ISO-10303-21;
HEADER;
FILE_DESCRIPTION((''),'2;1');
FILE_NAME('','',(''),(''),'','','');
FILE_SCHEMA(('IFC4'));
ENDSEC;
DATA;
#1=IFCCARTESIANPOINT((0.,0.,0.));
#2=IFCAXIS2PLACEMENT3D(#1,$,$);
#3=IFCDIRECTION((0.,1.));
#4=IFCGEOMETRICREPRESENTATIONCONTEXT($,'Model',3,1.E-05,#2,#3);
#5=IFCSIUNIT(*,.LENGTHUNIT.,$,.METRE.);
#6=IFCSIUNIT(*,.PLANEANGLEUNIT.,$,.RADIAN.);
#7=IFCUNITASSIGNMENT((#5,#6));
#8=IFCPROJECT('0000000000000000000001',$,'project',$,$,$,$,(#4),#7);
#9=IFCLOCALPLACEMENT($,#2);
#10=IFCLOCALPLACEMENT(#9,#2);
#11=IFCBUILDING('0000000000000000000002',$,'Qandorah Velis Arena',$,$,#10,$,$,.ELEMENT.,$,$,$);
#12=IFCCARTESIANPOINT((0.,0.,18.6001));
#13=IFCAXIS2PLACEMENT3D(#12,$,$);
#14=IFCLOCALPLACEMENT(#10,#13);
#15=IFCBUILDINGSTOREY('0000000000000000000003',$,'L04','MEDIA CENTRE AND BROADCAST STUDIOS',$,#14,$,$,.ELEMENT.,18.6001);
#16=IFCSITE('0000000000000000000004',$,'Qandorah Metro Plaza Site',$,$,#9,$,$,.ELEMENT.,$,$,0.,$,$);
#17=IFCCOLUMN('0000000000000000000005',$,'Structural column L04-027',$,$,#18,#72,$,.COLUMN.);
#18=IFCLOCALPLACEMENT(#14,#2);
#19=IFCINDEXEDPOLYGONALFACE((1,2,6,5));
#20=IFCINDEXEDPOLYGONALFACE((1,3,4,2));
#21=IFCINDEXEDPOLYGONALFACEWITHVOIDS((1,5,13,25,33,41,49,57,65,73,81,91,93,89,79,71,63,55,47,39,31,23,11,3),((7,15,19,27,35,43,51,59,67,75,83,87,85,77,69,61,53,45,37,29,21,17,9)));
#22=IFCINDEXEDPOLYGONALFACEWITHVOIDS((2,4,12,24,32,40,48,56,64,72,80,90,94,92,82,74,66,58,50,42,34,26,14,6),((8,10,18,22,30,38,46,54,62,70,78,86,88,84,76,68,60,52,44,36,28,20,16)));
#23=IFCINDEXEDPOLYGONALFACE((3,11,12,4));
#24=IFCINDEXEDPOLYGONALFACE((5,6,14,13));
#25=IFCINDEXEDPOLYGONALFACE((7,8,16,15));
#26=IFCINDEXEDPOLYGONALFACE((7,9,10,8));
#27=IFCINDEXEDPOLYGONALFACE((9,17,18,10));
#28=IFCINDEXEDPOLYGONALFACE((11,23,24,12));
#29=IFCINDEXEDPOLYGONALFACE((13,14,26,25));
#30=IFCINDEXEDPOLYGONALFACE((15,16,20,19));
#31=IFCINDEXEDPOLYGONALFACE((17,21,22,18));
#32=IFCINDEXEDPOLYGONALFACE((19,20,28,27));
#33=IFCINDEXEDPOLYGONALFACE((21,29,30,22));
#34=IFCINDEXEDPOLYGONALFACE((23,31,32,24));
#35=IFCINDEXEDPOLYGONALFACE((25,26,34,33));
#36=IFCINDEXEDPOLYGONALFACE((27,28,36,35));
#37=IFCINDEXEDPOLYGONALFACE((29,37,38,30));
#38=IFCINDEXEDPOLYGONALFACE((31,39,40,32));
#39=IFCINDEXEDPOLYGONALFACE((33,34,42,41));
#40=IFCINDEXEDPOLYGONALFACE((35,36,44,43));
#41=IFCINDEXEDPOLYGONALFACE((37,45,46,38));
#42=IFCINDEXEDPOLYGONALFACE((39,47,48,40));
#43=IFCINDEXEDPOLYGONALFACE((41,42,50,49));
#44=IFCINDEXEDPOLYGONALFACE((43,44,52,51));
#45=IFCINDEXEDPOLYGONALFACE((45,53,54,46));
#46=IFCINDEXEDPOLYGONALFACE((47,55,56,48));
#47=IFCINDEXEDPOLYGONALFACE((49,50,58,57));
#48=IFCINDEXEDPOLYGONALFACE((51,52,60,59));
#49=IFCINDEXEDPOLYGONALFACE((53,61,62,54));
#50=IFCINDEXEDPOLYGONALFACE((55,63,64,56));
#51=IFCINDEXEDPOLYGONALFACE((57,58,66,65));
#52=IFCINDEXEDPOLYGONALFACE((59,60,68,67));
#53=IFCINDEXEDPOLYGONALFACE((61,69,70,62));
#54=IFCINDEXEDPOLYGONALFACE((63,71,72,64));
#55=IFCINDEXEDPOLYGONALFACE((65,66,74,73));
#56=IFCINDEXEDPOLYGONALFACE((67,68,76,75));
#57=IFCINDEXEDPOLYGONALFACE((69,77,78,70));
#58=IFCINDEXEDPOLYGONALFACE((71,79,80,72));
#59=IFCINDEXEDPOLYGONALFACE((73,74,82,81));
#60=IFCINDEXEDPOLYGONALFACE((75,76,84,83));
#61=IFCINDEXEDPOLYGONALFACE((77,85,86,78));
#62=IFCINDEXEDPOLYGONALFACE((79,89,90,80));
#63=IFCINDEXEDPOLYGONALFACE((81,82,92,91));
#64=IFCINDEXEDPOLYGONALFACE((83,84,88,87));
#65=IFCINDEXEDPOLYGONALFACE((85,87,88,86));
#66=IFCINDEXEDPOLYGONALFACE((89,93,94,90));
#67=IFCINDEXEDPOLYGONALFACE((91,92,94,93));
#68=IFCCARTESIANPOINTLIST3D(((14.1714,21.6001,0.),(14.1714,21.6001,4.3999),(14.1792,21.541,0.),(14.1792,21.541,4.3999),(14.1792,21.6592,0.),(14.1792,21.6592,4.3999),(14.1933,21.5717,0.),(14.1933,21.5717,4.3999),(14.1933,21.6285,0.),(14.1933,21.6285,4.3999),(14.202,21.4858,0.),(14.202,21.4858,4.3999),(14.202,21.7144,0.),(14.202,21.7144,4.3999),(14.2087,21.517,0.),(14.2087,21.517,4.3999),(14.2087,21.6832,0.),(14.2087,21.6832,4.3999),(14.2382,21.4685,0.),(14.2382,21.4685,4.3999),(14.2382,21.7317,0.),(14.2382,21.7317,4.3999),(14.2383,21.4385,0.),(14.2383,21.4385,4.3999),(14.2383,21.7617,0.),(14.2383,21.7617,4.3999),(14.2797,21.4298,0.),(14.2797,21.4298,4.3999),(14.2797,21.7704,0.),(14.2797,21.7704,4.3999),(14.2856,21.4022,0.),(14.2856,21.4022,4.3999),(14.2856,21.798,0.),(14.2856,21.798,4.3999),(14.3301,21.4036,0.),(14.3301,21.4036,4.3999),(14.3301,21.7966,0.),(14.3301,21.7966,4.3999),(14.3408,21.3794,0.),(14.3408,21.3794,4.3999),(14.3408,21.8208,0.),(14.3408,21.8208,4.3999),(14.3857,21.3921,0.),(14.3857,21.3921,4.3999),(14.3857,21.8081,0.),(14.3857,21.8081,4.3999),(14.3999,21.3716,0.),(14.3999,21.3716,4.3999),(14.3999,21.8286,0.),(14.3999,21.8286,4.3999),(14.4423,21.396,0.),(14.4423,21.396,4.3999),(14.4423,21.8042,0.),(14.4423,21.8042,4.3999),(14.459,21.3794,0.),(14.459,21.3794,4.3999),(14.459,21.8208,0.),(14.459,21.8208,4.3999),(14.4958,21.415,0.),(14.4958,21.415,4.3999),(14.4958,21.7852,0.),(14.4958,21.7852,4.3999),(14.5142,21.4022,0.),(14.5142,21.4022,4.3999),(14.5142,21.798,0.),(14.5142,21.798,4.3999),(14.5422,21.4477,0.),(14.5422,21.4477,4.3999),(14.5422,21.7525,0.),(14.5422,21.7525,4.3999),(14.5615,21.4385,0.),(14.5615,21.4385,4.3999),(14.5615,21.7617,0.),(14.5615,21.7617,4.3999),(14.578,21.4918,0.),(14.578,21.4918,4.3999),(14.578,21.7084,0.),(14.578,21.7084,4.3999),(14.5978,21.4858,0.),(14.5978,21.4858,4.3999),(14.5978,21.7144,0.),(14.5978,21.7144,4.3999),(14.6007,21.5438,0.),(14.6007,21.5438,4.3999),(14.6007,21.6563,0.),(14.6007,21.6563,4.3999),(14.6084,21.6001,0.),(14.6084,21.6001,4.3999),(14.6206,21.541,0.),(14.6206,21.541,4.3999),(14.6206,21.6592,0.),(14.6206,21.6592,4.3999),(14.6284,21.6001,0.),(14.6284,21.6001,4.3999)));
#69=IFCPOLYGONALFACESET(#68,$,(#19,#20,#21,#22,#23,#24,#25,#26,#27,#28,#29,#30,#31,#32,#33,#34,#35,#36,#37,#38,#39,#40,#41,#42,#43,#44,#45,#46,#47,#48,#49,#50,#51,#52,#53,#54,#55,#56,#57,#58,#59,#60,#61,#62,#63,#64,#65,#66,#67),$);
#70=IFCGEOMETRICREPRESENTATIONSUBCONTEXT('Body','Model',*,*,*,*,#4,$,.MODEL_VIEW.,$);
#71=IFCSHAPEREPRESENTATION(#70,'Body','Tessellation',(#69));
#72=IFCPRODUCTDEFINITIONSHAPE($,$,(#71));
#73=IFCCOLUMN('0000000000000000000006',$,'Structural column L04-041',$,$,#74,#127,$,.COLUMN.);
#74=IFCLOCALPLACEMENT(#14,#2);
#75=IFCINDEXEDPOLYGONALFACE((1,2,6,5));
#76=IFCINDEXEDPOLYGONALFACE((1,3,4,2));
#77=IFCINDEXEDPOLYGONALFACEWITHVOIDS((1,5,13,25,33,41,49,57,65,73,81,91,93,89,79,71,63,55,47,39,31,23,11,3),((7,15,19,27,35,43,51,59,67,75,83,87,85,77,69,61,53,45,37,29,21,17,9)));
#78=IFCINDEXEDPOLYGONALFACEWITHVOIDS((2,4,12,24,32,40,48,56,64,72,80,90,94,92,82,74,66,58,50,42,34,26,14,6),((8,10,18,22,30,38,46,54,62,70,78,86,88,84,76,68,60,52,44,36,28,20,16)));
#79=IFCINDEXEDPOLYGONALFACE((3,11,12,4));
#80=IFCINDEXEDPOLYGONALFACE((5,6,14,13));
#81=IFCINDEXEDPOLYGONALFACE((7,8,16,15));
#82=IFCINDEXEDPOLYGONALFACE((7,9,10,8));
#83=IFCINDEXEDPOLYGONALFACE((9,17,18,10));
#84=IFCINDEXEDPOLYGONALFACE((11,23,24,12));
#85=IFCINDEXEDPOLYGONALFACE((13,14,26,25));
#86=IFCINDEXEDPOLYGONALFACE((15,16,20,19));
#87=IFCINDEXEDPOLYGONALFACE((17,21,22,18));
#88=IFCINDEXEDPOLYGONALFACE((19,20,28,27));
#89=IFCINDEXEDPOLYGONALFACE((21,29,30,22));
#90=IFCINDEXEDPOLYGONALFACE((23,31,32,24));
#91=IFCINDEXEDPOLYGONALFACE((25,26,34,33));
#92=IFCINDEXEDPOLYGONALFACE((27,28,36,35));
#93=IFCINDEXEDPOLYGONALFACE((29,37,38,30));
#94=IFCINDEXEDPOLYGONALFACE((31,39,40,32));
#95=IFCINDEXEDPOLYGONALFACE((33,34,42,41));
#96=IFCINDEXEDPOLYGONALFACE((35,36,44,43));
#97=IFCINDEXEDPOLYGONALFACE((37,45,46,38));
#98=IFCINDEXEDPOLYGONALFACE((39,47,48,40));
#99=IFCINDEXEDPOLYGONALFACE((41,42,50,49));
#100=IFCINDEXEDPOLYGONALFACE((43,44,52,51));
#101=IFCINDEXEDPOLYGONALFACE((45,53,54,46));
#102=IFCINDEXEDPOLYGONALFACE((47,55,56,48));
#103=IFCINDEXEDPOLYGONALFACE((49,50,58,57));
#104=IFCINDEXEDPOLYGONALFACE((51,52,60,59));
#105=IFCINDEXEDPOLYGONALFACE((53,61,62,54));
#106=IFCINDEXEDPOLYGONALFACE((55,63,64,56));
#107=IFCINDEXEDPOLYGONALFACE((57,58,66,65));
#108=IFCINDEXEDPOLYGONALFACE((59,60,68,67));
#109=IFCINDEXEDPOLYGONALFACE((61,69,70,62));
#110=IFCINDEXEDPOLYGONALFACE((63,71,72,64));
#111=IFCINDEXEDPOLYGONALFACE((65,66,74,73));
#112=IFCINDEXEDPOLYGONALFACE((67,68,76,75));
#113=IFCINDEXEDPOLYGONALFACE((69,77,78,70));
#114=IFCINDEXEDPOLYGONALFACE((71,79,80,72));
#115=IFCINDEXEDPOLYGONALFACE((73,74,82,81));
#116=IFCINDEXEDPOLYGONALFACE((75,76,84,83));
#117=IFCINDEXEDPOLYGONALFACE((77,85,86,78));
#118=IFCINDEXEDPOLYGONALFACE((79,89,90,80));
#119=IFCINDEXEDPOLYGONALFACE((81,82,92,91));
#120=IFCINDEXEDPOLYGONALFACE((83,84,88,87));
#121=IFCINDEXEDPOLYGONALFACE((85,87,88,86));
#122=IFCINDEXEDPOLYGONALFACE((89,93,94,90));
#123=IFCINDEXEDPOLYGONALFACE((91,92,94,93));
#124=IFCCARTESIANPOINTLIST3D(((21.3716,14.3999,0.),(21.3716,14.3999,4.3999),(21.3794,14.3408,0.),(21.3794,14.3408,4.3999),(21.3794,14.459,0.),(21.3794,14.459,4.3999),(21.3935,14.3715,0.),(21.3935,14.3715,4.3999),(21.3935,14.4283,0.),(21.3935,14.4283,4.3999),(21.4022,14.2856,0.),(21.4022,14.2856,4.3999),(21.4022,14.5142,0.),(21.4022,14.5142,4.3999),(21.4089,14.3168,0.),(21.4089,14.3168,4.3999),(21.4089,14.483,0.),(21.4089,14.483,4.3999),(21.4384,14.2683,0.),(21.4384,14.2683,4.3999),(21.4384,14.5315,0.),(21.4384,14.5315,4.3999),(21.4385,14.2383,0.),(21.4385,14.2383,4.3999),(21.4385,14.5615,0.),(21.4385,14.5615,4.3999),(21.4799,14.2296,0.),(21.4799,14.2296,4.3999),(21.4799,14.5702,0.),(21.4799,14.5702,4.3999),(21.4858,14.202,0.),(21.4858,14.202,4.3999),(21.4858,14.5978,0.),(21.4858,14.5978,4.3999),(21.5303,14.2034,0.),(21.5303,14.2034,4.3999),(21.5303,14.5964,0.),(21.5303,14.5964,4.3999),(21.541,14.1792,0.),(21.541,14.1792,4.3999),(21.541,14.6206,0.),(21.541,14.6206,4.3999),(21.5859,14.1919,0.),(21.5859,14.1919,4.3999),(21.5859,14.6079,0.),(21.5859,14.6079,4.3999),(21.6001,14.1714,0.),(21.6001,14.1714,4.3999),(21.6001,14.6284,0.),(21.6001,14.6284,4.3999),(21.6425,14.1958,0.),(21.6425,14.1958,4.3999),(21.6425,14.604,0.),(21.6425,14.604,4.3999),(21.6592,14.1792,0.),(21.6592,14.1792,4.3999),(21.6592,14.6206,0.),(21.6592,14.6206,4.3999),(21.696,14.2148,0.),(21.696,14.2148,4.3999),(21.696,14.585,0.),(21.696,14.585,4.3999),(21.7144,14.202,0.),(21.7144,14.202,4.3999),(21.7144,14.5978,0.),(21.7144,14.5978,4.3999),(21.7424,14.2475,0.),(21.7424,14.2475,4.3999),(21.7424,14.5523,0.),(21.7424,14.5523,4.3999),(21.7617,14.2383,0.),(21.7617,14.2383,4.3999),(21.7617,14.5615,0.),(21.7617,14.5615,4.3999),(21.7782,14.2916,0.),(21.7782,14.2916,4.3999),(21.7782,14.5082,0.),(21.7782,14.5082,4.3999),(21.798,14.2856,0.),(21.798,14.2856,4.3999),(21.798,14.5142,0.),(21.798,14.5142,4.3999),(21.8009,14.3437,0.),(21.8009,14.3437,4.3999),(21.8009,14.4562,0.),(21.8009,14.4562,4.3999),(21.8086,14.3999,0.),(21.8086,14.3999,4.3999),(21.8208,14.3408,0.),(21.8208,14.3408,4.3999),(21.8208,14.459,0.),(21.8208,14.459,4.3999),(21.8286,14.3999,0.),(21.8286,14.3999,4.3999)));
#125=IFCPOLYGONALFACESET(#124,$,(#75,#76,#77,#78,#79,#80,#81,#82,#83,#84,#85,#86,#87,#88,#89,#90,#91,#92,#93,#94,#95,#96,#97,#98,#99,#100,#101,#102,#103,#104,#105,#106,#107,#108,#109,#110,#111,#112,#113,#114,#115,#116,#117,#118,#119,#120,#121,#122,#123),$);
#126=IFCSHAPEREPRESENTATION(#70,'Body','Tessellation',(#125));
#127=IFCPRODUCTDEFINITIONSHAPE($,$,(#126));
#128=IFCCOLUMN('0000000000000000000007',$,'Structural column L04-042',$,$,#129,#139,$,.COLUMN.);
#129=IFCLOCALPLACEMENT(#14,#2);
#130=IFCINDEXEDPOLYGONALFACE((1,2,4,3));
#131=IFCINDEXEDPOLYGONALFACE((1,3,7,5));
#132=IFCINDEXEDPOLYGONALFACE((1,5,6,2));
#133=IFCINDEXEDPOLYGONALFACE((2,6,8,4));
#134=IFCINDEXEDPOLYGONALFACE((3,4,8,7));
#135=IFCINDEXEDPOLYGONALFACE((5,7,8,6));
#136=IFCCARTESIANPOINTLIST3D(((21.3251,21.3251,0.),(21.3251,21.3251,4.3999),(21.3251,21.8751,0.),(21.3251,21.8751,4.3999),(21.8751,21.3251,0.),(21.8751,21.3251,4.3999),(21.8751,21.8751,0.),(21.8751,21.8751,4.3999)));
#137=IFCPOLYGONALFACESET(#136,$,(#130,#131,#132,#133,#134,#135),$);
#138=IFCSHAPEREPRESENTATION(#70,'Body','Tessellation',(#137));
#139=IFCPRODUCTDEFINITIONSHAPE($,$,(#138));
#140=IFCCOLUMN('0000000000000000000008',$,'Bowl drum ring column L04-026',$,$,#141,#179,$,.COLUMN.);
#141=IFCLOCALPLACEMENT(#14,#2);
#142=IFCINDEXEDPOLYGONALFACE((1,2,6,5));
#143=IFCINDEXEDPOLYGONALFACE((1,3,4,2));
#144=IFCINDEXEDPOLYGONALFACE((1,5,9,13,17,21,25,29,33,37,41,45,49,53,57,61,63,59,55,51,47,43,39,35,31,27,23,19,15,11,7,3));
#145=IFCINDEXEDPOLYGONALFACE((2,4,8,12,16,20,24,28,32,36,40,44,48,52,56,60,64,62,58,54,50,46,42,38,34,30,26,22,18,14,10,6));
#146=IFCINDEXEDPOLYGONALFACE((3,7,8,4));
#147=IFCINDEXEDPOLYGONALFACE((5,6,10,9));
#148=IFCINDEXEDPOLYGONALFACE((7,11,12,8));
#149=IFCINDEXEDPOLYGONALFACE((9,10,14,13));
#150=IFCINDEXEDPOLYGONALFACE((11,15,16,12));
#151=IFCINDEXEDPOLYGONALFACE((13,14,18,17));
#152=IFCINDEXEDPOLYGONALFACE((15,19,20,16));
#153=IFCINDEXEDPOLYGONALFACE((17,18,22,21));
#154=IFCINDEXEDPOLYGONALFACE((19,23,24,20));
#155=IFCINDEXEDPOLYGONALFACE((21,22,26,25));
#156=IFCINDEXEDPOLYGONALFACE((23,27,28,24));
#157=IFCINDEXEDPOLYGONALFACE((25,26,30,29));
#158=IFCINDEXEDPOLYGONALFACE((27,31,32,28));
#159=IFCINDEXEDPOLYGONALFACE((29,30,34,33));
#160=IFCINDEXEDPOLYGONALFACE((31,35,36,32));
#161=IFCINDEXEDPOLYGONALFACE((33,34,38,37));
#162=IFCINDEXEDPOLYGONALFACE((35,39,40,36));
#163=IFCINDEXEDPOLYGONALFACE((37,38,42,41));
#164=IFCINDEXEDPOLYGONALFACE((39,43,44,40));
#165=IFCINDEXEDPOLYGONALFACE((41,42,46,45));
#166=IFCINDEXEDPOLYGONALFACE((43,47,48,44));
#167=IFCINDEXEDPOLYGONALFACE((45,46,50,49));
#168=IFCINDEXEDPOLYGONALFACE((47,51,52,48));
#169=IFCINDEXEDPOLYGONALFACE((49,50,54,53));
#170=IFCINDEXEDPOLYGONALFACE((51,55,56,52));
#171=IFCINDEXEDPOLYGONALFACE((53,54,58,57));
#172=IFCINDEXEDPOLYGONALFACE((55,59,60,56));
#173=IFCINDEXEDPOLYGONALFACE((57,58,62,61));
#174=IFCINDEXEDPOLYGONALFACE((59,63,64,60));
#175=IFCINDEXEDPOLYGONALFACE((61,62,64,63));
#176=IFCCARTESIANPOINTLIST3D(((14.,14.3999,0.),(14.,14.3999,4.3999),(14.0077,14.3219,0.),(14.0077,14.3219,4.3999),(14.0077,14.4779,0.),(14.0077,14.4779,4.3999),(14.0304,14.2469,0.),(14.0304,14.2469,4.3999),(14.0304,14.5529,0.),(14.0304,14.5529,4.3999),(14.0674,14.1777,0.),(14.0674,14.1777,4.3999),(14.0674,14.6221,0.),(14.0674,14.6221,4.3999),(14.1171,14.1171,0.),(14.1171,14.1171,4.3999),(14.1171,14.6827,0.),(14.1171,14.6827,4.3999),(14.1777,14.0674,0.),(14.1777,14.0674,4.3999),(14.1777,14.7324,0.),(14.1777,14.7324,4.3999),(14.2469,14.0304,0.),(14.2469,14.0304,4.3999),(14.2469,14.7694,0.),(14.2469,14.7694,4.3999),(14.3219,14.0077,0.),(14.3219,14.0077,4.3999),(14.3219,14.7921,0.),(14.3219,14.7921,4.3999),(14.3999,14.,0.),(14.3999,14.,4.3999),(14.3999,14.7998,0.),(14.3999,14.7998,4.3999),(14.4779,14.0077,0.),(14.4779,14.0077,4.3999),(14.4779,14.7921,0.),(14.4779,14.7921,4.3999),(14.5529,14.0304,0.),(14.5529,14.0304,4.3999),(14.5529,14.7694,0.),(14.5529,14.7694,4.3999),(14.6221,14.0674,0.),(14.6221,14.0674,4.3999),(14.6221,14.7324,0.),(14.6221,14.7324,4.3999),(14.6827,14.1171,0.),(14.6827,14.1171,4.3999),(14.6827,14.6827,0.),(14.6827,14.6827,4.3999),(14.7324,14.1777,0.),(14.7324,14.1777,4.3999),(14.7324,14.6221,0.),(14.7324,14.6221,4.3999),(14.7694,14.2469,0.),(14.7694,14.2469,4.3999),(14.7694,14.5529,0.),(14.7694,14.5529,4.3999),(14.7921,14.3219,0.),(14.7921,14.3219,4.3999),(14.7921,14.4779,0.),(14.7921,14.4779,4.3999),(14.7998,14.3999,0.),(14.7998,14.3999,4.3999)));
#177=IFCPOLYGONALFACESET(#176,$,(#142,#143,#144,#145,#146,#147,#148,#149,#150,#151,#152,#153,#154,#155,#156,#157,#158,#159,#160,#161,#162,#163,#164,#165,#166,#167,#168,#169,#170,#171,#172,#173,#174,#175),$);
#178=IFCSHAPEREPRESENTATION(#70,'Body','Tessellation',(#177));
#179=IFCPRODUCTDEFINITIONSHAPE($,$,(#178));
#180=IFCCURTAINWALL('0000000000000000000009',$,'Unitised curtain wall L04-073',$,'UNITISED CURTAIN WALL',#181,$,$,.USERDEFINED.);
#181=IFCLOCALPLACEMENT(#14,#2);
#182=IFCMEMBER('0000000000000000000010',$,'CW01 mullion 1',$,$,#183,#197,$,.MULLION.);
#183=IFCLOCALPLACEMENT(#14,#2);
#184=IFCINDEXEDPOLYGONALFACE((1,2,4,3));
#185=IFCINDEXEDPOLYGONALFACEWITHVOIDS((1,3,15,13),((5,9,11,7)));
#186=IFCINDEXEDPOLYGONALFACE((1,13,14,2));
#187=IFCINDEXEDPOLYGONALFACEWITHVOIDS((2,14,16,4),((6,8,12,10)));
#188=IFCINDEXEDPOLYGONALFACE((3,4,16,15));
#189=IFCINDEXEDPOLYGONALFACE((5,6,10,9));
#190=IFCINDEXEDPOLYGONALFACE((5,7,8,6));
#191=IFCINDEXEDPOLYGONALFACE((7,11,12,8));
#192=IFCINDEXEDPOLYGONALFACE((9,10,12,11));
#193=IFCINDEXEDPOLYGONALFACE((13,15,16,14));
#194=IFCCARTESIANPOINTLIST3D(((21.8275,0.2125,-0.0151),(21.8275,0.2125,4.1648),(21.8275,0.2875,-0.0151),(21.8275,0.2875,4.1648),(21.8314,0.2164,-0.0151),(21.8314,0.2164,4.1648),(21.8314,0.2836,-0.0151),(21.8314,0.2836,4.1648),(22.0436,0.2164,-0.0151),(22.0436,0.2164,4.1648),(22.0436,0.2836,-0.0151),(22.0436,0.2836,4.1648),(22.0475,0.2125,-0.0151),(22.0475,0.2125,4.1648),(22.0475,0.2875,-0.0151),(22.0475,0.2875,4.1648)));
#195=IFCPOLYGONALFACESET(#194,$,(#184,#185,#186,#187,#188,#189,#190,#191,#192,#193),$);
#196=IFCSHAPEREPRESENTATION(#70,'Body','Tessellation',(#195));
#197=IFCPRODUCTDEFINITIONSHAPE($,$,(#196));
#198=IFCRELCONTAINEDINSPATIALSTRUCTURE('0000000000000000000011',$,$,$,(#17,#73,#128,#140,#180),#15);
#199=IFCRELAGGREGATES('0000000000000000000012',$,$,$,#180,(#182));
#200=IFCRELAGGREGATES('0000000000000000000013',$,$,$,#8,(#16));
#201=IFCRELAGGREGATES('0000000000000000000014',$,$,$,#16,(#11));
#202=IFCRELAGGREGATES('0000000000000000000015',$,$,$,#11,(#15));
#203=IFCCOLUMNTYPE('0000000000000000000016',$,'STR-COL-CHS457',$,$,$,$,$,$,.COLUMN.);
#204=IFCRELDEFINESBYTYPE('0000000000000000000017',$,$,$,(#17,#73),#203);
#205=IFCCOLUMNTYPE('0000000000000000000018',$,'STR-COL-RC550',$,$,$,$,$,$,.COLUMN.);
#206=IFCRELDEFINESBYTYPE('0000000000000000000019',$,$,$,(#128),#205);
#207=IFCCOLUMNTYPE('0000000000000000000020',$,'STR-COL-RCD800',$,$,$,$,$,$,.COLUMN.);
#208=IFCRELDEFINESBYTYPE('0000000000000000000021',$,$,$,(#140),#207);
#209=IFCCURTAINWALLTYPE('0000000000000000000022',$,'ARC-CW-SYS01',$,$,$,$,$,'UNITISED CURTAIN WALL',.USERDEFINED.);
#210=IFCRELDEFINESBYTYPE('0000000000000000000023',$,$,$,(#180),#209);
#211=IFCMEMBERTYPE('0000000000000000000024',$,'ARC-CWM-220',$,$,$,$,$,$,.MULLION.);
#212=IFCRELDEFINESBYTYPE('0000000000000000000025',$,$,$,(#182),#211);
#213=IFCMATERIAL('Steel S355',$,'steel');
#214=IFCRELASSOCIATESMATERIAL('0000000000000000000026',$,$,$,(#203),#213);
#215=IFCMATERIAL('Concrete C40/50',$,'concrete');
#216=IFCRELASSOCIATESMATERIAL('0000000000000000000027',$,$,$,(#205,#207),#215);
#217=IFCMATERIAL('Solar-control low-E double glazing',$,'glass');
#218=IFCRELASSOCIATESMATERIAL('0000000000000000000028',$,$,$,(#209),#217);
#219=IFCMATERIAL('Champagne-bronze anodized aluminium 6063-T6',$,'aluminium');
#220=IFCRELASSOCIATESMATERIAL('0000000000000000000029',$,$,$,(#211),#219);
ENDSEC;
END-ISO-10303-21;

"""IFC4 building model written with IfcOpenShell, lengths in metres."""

from ifc_helpers import new_model, si_unit, direction, frame, origin, origin_2d, place, context, subcontext, project, spatial, rectangle, hollow_rectangle, circle, hollow_circle, extrude, material, material_profile, profile_set, type_object, element, aggregate, save


model = new_model("IFC4")

# Units and contexts
model_context = context("Model", 3, precision=1e-05, world=origin(), true_north=direction((0.0, 1.0)))
body_context = subcontext(model_context, "Body", "Model", "MODEL_VIEW")
ifc_project = project(units=[si_unit("LENGTHUNIT", "METRE"), si_unit("PLANEANGLEUNIT", "RADIAN")], contexts=[model_context])

# Site, building, storey
site_placement = place(None, origin())
site = spatial("IfcSite", under=ifc_project, at=site_placement, Name="Qandorah Metro Plaza Site", CompositionType="ELEMENT", RefElevation=0.0)
building_placement = place(site_placement, origin())
building = spatial("IfcBuilding", under=site, at=building_placement, Name="Qandorah Velis Arena", CompositionType="ELEMENT")
storey_placement = place(building_placement, frame((0.0, 0.0, 18.6001)))
storey = spatial("IfcBuildingStorey", under=building, at=storey_placement, Name="L04", Description="MEDIA CENTRE AND BROADCAST STUDIOS", CompositionType="ELEMENT", Elevation=18.6001)

# Columns
ifc_material_1 = material(Name="Steel S355", Category="steel")
ifc_material_profile_1 = material_profile(ifc_material_1, hollow_circle(Radius=0.2285, WallThickness=0.02, at=origin_2d()), Name="CHS 457x20")
ifc_profile_set_1 = profile_set([ifc_material_profile_1], Name="Steel S355")
column_type_1 = type_object("IfcColumnType", Name="STR-COL-CHS457", PredefinedType="COLUMN", material=ifc_profile_set_1)
for number, where, z_axis, x_axis, name in (
    (1, (14.3999, 21.6001, 0.0), (0.0, 0.0, 1.0), (1.0, 0.0, 0.0), "Structural column L04-027"),
    (2, (21.6001, 14.3999, 0.0), (0.0, 0.0, 1.0), (1.0, 0.0, 0.0), "Structural column L04-041"),
):
    element("IfcColumn", number, at=place(storey_placement, frame(where, z_axis=z_axis, x_axis=x_axis)), inside=storey, type_object=column_type_1, Name=name, PredefinedType="COLUMN", context=body_context, shape_type="SweptSolid", body=[
        extrude(hollow_circle(Radius=0.2285, WallThickness=0.02, at=origin_2d()), origin(), (0.0, 0.0, 1.0), 4.3999),
    ])
ifc_material_2 = material(Name="Concrete C40/50", Category="concrete")
ifc_material_profile_2 = material_profile(ifc_material_2, rectangle(XDim=0.55, YDim=0.55, at=origin_2d()), Name="RC COL 550x550")
ifc_profile_set_2 = profile_set([ifc_material_profile_2], Name="Concrete C40/50")
column_type_2 = type_object("IfcColumnType", Name="STR-COL-RC550", PredefinedType="COLUMN", material=ifc_profile_set_2)
column_1_placement = place(storey_placement, frame((21.6001, 21.6001, 0.0), z_axis=(0.0, 0.0, 1.0), x_axis=(1.0, 0.0, 0.0)))
element("IfcColumn", 3, at=column_1_placement, inside=storey, type_object=column_type_2, Name="Structural column L04-042", PredefinedType="COLUMN", context=body_context, shape_type="SweptSolid", body=[
    extrude(rectangle(XDim=0.55, YDim=0.55, at=origin_2d()), origin(), (0.0, 0.0, 1.0), 4.3999),
])
ifc_material_profile_3 = material_profile(ifc_material_2, circle(Radius=0.3999, at=origin_2d()), Name="RC D800")
ifc_profile_set_3 = profile_set([ifc_material_profile_3], Name="Concrete C40/50")
column_type_3 = type_object("IfcColumnType", Name="STR-COL-RCD800", PredefinedType="COLUMN", material=ifc_profile_set_3)
column_2_placement = place(storey_placement, frame((14.3999, 14.3999, 0.0), z_axis=(0.0, 0.0, 1.0), x_axis=(1.0, 0.0, 0.0)))
element("IfcColumn", 4, at=column_2_placement, inside=storey, type_object=column_type_3, Name="Bowl drum ring column L04-026", PredefinedType="COLUMN", context=body_context, shape_type="SweptSolid", body=[
    extrude(circle(Radius=0.3999, at=origin_2d()), origin(), (0.0, 0.0, 1.0), 4.3999),
])

# Curtain wall, member
ifc_material_3 = material(Name="Solar-control low-E double glazing", Category="glass")
curtain_wall_type = type_object("IfcCurtainWallType", Name="ARC-CW-SYS01", ElementType="UNITISED CURTAIN WALL", PredefinedType="USERDEFINED", material=ifc_material_3)
curtain_wall_placement = place(storey_placement, origin())
curtain_wall = element("IfcCurtainWall", 5, at=curtain_wall_placement, inside=storey, type_object=curtain_wall_type, Name="Unitised curtain wall L04-073", ObjectType="UNITISED CURTAIN WALL", PredefinedType="USERDEFINED")
ifc_material_4 = material(Name="Champagne-bronze anodized aluminium 6063-T6", Category="aluminium")
ifc_material_profile_4 = material_profile(ifc_material_4, hollow_rectangle(XDim=0.075, YDim=0.22, WallThickness=0.0039, at=origin_2d()), Name="ALU MULLION 75x220")
ifc_profile_set_4 = profile_set([ifc_material_profile_4], Name="Champagne-bronze anodized aluminium 6063-T6")
member_type_1 = type_object("IfcMemberType", Name="ARC-CWM-220", PredefinedType="MULLION", material=ifc_profile_set_4)
member_1_placement = place(storey_placement, frame((21.9375, 0.25, -0.0151), z_axis=(0.0, 0.0, 1.0), x_axis=(0.0, 1.0, 0.0)))
member_1 = element("IfcMember", 6, at=member_1_placement, type_object=member_type_1, Name="CW01 mullion 1", PredefinedType="MULLION", context=body_context, shape_type="SweptSolid", body=[
    extrude(hollow_rectangle(XDim=0.075, YDim=0.22, WallThickness=0.0039, at=origin_2d()), origin(), (0.0, 0.0, 1.0), 4.1799),
])

aggregate(curtain_wall, [member_1])

save(model, "model.ifc")
